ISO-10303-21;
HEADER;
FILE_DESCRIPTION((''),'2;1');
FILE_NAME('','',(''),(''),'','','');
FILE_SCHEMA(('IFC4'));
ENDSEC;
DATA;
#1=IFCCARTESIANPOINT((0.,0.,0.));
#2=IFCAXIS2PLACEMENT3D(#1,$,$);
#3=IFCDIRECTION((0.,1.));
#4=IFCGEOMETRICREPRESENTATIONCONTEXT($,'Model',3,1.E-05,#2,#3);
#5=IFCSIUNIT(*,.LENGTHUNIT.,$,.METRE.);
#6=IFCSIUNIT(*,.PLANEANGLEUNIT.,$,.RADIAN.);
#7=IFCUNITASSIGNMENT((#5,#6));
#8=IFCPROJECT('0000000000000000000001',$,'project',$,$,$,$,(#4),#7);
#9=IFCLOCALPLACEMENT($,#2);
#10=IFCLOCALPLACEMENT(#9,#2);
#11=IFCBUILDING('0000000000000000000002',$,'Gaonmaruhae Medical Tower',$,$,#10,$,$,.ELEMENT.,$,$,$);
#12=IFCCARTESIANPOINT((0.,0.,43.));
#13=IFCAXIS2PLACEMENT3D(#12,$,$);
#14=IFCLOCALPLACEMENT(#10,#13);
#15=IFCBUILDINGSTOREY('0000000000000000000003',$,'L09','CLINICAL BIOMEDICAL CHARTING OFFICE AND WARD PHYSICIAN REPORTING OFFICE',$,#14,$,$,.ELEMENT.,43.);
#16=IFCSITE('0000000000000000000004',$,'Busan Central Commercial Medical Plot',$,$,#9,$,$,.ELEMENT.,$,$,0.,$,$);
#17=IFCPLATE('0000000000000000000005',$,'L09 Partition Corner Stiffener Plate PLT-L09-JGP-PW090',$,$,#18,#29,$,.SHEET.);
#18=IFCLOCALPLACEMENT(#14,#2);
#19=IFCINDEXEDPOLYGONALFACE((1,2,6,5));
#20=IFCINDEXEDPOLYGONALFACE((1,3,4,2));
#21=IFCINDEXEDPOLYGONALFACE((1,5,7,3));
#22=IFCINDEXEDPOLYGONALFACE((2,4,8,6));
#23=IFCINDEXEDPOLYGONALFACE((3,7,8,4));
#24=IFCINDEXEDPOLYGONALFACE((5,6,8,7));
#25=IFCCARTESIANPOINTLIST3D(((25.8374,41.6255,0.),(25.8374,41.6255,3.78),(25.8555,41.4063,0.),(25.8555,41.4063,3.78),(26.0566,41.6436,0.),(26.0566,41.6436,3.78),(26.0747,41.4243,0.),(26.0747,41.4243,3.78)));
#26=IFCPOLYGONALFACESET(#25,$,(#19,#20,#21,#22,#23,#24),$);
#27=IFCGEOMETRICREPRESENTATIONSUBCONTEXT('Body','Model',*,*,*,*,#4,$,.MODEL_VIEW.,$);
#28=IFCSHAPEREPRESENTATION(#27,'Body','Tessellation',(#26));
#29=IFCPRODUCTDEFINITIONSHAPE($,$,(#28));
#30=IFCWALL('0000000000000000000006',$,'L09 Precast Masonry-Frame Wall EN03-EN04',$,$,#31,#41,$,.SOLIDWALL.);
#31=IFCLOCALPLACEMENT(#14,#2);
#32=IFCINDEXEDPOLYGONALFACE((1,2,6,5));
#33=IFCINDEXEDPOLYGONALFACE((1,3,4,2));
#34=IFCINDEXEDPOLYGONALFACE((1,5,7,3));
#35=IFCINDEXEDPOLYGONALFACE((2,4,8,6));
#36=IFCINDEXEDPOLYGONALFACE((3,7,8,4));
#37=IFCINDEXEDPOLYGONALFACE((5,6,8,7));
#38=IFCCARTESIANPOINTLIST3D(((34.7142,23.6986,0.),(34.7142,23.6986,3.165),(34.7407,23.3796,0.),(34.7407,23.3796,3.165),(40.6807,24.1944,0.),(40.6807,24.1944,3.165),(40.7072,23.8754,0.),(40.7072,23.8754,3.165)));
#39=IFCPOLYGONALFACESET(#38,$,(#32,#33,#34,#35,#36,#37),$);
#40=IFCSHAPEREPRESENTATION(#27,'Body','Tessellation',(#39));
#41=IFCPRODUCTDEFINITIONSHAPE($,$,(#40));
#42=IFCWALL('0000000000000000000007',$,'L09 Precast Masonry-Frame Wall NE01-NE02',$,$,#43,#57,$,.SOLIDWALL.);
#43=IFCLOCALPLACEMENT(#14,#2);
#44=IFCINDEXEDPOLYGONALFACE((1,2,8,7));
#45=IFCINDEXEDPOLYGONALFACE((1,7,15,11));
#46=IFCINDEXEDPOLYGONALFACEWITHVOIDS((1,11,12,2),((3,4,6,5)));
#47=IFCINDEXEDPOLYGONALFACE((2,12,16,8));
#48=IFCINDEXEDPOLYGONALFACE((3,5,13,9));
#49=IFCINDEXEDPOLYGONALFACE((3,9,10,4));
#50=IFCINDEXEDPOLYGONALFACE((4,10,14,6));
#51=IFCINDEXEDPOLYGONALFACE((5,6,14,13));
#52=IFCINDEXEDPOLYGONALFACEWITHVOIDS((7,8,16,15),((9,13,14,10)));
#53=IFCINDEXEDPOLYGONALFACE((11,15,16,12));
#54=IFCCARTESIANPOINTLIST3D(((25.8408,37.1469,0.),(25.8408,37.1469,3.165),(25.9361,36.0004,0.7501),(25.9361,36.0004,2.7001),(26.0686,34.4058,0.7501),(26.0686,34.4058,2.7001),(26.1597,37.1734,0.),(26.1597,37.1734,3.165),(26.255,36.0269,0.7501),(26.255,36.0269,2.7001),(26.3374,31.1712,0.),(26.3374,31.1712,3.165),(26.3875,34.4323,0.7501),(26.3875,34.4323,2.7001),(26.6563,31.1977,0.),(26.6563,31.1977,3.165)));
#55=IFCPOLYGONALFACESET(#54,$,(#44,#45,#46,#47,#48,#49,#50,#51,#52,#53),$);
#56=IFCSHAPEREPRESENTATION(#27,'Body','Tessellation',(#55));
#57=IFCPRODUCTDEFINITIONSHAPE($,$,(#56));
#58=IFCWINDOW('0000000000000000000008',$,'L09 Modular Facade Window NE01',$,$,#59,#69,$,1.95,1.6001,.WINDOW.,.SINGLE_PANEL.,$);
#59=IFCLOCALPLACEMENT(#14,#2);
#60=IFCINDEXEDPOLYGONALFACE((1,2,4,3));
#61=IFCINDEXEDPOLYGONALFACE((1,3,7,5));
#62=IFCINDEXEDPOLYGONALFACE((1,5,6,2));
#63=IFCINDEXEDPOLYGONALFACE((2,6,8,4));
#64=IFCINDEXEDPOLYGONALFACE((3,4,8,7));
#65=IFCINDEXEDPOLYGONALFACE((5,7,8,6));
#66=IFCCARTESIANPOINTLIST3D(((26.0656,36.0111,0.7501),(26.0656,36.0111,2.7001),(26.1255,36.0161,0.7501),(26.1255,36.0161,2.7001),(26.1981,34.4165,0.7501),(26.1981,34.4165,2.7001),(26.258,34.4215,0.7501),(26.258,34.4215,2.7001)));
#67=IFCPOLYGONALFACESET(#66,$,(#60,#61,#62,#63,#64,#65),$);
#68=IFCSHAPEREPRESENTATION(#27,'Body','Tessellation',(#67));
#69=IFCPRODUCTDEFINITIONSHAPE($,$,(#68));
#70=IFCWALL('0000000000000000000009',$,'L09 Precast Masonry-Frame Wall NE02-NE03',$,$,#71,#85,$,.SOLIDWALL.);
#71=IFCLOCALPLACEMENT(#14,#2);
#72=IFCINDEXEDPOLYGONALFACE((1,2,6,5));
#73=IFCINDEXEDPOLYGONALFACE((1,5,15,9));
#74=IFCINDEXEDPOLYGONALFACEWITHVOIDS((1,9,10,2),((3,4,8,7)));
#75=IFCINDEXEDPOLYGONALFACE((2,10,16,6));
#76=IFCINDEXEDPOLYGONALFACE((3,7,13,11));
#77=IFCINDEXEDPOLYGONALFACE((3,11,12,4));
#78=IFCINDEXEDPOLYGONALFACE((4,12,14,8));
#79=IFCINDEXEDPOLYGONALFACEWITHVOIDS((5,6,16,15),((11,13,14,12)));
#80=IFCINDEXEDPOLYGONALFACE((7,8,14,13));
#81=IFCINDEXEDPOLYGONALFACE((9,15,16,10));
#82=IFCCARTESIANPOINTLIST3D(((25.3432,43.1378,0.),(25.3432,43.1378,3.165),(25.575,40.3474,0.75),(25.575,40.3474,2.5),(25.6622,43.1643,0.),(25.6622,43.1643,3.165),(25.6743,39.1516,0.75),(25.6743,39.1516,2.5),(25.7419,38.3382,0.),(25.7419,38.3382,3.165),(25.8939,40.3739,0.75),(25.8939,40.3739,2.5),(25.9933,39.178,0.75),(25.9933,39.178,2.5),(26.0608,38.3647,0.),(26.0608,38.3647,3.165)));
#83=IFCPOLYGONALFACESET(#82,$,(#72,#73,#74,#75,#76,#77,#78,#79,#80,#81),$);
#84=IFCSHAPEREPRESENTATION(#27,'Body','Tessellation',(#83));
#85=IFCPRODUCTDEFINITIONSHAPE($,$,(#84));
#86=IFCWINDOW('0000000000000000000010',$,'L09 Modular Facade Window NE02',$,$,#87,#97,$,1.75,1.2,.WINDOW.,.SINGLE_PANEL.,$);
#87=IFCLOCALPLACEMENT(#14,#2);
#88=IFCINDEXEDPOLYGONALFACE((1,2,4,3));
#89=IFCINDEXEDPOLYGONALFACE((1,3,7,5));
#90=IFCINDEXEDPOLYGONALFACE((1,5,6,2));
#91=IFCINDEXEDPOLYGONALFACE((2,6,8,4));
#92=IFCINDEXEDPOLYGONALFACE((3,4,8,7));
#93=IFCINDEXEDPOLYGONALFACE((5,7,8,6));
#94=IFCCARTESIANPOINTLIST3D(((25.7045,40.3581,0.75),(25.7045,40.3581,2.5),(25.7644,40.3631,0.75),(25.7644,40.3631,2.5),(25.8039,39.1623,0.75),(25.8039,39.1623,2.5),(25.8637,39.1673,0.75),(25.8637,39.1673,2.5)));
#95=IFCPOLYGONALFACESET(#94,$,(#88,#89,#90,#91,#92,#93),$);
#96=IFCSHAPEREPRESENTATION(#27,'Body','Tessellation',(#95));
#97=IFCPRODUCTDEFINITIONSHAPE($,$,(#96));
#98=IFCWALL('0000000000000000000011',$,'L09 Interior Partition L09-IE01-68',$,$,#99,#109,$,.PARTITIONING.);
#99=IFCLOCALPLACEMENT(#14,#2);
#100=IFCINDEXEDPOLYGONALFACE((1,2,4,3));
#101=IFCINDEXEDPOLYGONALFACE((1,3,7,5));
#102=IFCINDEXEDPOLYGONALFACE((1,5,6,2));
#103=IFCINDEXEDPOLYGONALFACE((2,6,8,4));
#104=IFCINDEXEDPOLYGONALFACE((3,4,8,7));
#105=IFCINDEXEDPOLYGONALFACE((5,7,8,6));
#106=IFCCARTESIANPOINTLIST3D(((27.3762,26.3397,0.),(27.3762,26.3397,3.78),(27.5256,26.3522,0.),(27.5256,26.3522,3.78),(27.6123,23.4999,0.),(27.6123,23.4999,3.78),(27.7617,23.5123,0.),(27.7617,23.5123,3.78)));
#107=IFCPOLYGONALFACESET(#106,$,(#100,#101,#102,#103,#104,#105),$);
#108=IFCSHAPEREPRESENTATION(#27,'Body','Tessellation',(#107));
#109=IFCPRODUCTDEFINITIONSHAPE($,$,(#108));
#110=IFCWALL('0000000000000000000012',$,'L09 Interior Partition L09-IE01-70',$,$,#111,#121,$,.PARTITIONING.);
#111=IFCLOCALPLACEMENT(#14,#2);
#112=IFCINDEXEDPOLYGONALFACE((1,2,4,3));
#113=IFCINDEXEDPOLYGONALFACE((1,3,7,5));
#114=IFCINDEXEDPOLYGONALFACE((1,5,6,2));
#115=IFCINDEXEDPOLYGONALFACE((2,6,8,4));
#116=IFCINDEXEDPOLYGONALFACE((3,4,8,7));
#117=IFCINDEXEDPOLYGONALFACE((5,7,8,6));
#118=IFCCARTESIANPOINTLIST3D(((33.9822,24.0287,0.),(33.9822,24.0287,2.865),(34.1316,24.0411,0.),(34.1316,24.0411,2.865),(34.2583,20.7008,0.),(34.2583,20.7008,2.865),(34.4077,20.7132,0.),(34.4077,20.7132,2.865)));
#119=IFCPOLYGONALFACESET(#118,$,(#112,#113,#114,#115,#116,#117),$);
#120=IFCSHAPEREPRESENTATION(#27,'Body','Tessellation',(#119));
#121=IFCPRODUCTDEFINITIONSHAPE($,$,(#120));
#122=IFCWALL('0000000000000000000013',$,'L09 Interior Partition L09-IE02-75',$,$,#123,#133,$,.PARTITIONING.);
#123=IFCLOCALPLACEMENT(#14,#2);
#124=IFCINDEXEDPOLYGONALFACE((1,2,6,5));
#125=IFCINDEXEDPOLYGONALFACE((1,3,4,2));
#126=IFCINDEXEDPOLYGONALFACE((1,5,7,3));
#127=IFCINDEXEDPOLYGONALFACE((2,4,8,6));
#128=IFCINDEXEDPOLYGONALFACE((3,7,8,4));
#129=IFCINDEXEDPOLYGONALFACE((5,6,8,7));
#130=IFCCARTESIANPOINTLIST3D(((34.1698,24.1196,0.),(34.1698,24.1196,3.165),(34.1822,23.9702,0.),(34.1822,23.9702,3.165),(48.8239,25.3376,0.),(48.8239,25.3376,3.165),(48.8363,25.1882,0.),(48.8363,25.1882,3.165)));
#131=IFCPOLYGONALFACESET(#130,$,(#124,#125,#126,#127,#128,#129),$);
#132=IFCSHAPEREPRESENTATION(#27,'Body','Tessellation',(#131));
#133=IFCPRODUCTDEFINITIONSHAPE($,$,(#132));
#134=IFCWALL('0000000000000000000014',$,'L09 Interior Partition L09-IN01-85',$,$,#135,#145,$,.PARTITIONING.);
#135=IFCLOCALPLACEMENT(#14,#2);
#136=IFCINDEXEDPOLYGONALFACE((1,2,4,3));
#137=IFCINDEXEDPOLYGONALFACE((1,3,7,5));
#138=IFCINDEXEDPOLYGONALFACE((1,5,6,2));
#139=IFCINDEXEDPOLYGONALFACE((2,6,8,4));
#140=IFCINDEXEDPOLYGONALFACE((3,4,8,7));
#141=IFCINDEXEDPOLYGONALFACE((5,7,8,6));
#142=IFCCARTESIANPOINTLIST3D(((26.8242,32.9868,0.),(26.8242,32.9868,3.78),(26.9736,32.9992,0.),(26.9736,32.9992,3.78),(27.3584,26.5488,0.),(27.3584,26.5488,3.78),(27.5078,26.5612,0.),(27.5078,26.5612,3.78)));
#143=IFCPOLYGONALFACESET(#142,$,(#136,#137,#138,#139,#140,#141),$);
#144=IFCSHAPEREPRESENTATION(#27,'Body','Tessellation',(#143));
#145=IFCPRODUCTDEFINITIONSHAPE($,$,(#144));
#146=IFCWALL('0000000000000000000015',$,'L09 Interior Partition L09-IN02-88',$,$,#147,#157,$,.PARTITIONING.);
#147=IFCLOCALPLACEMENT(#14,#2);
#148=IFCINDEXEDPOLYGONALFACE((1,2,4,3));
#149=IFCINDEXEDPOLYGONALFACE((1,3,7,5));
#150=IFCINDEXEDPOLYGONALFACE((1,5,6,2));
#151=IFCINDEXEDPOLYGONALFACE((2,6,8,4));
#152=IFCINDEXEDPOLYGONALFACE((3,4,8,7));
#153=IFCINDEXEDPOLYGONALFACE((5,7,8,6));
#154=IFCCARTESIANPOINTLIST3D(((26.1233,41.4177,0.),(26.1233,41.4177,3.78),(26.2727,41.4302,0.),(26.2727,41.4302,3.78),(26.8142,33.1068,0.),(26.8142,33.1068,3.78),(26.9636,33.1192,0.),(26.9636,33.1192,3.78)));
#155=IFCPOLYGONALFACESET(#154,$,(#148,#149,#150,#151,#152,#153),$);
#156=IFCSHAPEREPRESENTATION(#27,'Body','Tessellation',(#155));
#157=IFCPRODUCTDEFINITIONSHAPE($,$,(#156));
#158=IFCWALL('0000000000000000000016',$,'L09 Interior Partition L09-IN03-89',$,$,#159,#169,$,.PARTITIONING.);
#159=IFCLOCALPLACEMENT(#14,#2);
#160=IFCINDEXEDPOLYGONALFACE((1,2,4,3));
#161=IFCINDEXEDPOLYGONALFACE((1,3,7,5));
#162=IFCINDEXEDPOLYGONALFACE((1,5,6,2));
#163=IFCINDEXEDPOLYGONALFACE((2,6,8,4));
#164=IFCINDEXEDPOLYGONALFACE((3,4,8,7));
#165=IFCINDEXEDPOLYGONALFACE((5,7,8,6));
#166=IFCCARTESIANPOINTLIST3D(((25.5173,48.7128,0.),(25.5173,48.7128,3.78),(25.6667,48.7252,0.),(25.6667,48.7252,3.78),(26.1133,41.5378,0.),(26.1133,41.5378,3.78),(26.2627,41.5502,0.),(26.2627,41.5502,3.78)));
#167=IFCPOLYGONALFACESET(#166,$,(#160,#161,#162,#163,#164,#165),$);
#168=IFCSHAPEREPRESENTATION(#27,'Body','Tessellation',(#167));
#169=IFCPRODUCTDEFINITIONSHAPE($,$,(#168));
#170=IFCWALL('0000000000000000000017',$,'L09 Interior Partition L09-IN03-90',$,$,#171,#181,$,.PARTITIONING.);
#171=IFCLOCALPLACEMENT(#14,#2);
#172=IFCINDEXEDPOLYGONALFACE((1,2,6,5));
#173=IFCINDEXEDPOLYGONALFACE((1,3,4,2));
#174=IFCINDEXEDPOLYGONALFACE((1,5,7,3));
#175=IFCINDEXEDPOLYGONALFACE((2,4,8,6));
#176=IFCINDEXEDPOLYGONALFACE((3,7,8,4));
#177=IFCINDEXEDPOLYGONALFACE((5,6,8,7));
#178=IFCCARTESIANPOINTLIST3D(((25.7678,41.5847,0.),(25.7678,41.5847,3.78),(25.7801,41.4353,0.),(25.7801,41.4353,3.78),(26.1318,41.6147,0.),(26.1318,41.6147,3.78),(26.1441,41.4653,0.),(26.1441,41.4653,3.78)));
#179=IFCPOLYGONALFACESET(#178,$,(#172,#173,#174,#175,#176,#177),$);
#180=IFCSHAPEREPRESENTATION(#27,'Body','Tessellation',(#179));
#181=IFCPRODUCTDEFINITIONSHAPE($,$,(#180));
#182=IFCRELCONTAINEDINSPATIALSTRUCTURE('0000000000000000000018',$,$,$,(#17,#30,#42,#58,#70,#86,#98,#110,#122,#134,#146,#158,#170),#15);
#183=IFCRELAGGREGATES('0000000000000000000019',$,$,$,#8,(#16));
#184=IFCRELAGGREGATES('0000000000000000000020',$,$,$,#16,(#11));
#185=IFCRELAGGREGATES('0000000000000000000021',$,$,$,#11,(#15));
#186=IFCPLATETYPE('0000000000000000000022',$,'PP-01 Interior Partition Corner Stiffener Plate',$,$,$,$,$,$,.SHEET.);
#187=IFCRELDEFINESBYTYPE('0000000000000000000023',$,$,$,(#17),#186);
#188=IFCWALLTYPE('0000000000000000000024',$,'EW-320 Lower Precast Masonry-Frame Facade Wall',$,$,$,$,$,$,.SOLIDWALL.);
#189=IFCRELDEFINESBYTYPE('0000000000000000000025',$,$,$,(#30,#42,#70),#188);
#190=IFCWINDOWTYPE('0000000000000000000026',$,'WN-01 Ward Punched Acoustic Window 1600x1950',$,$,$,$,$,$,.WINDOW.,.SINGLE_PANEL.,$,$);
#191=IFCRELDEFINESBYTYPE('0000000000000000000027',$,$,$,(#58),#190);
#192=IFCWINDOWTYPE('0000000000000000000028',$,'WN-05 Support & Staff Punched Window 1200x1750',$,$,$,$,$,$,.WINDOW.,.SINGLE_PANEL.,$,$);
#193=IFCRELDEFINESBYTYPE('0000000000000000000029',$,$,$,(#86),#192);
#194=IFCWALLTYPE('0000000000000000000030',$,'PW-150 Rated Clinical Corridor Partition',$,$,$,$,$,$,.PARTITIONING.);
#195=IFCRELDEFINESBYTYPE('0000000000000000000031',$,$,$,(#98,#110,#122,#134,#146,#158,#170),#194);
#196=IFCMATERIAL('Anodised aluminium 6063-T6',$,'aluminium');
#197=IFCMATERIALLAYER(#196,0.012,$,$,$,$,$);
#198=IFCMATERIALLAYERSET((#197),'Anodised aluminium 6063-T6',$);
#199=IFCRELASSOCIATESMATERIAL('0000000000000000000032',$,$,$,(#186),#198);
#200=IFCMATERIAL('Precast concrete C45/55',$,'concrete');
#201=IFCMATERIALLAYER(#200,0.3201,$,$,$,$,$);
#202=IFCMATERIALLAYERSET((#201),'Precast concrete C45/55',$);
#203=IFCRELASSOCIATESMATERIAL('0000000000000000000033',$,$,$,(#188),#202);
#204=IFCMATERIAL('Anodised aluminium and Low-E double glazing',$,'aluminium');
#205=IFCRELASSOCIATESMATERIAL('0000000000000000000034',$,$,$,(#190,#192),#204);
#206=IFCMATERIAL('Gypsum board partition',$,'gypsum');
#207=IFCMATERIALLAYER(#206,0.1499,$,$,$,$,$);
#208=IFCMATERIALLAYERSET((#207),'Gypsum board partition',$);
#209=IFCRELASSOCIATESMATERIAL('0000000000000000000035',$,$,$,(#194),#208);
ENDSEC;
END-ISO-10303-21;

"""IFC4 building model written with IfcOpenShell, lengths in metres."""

from ifc_helpers import new_model, si_unit, direction, frame, frame_2d, origin, origin_2d, place, context, subcontext, project, spatial, rectangle, extrude, material, layer, layer_set, type_object, element, fill, save


model = new_model("IFC4")

# Units and contexts
model_context = context("Model", 3, precision=1e-05, world=origin(), true_north=direction((0.0, 1.0)))
body_context = subcontext(model_context, "Body", "Model", "MODEL_VIEW")
ifc_project = project(units=[si_unit("LENGTHUNIT", "METRE"), si_unit("PLANEANGLEUNIT", "RADIAN")], contexts=[model_context])

# Site, building, storey
site_placement = place(None, origin())
site = spatial("IfcSite", under=ifc_project, at=site_placement, Name="Busan Central Commercial Medical Plot", CompositionType="ELEMENT", RefElevation=0.0)
building_placement = place(site_placement, origin())
building = spatial("IfcBuilding", under=site, at=building_placement, Name="Gaonmaruhae Medical Tower", CompositionType="ELEMENT")
storey_placement = place(building_placement, frame((0.0, 0.0, 43.0)))
storey = spatial("IfcBuildingStorey", under=building, at=storey_placement, Name="L09", Description="CLINICAL BIOMEDICAL CHARTING OFFICE AND WARD PHYSICIAN REPORTING OFFICE", CompositionType="ELEMENT", Elevation=43.0)

# Plate
ifc_material_1 = material(Name="Anodised aluminium 6063-T6", Category="aluminium")
ifc_layer_1 = layer(ifc_material_1, 0.012)
ifc_layer_set_1 = layer_set([ifc_layer_1], Name="Anodised aluminium 6063-T6")
plate_type = type_object("IfcPlateType", Name="PP-01 Interior Partition Corner Stiffener Plate", PredefinedType="SHEET", material=ifc_layer_set_1)
plate_placement = place(storey_placement, frame((25.9561, 41.5249, 0.0), z_axis=(0.0, 0.0, 1.0), x_axis=(-0.99662, -0.082147, 0.0)))
element("IfcPlate", 1, at=plate_placement, inside=storey, type_object=plate_type, Name="L09 Partition Corner Stiffener Plate PLT-L09-JGP-PW090", PredefinedType="SHEET", context=body_context, shape_type="SweptSolid", body=[
    extrude(rectangle(XDim=0.22, YDim=0.22, at=origin_2d()), origin(), (0.0, 0.0, 1.0), 3.78),
])

# Wall
ifc_material_2 = material(Name="Precast concrete C45/55", Category="concrete")
ifc_layer_2 = layer(ifc_material_2, 0.3201)
ifc_layer_set_2 = layer_set([ifc_layer_2], Name="Precast concrete C45/55")
wall_type_1 = type_object("IfcWallType", Name="EW-320 Lower Precast Masonry-Frame Facade Wall", PredefinedType="SOLIDWALL", material=ifc_layer_set_2)
wall_1_placement = place(storey_placement, frame((34.7273, 23.5391, 0.0), z_axis=(0.0, 0.0, 1.0), x_axis=(0.996565, 0.082819, 0.0)))
element("IfcWall", 2, at=wall_1_placement, inside=storey, type_object=wall_type_1, Name="L09 Precast Masonry-Frame Wall EN03-EN04", PredefinedType="SOLIDWALL", context=body_context, shape_type="SweptSolid", body=[
    extrude(rectangle(XDim=5.9871, YDim=0.3201, at=frame_2d((2.9937, 0.0))), origin(), (0.0, 0.0, 1.0), 3.165),
])

# Walls, openings, windows
wall_2_placement = place(storey_placement, frame((26.4968, 31.1846, 0.0), z_axis=(0.0, 0.0, 1.0), x_axis=(-0.082813, 0.996565, 0.0)))
wall_2 = element("IfcWall", 3, at=wall_2_placement, inside=storey, type_object=wall_type_1, Name="L09 Precast Masonry-Frame Wall NE01-NE02", PredefinedType="SOLIDWALL", context=body_context, shape_type="SweptSolid", body=[
    extrude(rectangle(XDim=5.9963, YDim=0.3201, at=frame_2d((2.998, 0.0))), origin(), (0.0, 0.0, 1.0), 3.165),
])
opening_1_placement = place(wall_2_placement, frame((3.2456, 0.0, 0.75)))
opening_1 = element("IfcOpeningElement", 4, at=opening_1_placement, cuts=wall_2, PredefinedType="OPENING", context=body_context, shape_type="SweptSolid", body=[
    extrude(rectangle(XDim=1.6001, YDim=1.95, at=frame_2d((0.8, 0.9751))), frame((0.0, 0.1699, 0.0), z_axis=(0.0, -1.0, 0.0), x_axis=(1.0, 0.0, 0.0)), (0.0, 0.0, 1.0), 0.3401),
])
ifc_material_3 = material(Name="Anodised aluminium and Low-E double glazing", Category="aluminium")
window_type_1 = type_object("IfcWindowType", Name="WN-01 Ward Punched Acoustic Window 1600x1950", PartitioningType="SINGLE_PANEL", PredefinedType="WINDOW", material=ifc_material_3)
window_1_placement = place(opening_1_placement, origin())
window_1 = element("IfcWindow", 5, at=window_1_placement, inside=storey, type_object=window_type_1, Name="L09 Modular Facade Window NE01", OverallHeight=1.95, OverallWidth=1.6001, PartitioningType="SINGLE_PANEL", PredefinedType="WINDOW", context=body_context, shape_type="SweptSolid", body=[
    extrude(rectangle(XDim=1.6001, YDim=1.95, at=frame_2d((0.8, 0.9751))), frame((0.0, 0.03, 0.0), z_axis=(0.0, -1.0, 0.0), x_axis=(1.0, 0.0, 0.0)), (0.0, 0.0, 1.0), 0.0601),
])
fill(opening_1, window_1)
wall_3_placement = place(storey_placement, frame((25.9014, 38.3513, 0.0), z_axis=(0.0, 0.0, 1.0), x_axis=(-0.082781, 0.996568, 0.0)))
wall_3 = element("IfcWall", 6, at=wall_3_placement, inside=storey, type_object=wall_type_1, Name="L09 Precast Masonry-Frame Wall NE02-NE03", PredefinedType="SOLIDWALL", context=body_context, shape_type="SweptSolid", body=[
    extrude(rectangle(XDim=4.8162, YDim=0.3201, at=frame_2d((2.4082, 0.0))), origin(), (0.0, 0.0, 1.0), 3.165),
])
opening_2_placement = place(wall_3_placement, frame((0.8162, 0.0, 0.75)))
opening_2 = element("IfcOpeningElement", 7, at=opening_2_placement, cuts=wall_3, PredefinedType="OPENING", context=body_context, shape_type="SweptSolid", body=[
    extrude(rectangle(XDim=1.2, YDim=1.75, at=frame_2d((0.6001, 0.875))), frame((0.0, 0.1699, 0.0), z_axis=(0.0, -1.0, 0.0), x_axis=(1.0, 0.0, 0.0)), (0.0, 0.0, 1.0), 0.3401),
])
window_type_2 = type_object("IfcWindowType", Name="WN-05 Support & Staff Punched Window 1200x1750", PartitioningType="SINGLE_PANEL", PredefinedType="WINDOW", material=ifc_material_3)
window_2_placement = place(opening_2_placement, origin())
window_2 = element("IfcWindow", 8, at=window_2_placement, inside=storey, type_object=window_type_2, Name="L09 Modular Facade Window NE02", OverallHeight=1.75, OverallWidth=1.2, PartitioningType="SINGLE_PANEL", PredefinedType="WINDOW", context=body_context, shape_type="SweptSolid", body=[
    extrude(rectangle(XDim=1.2, YDim=1.75, at=frame_2d((0.6001, 0.875))), frame((0.0, 0.03, 0.0), z_axis=(0.0, -1.0, 0.0), x_axis=(1.0, 0.0, 0.0)), (0.0, 0.0, 1.0), 0.0601),
])
fill(opening_2, window_2)

# Walls
ifc_material_4 = material(Name="Gypsum board partition", Category="gypsum")
ifc_layer_3 = layer(ifc_material_4, 0.1499)
ifc_layer_set_3 = layer_set([ifc_layer_3], Name="Gypsum board partition")
wall_type_2 = type_object("IfcWallType", Name="PW-150 Rated Clinical Corridor Partition", PredefinedType="PARTITIONING", material=ifc_layer_set_3)
wall_4_placement = place(storey_placement, frame((27.4509, 26.3459, 0.0), z_axis=(0.0, 0.0, 1.0), x_axis=(0.082847, -0.996562, 0.0)))
element("IfcWall", 9, at=wall_4_placement, inside=storey, type_object=wall_type_2, Name="L09 Interior Partition L09-IE01-68", PredefinedType="PARTITIONING", context=body_context, shape_type="SweptSolid", body=[
    extrude(rectangle(XDim=2.8496, YDim=0.1499, at=frame_2d((1.4248, 0.0))), origin(), (0.0, 0.0, 1.0), 3.78),
])
wall_5_placement = place(storey_placement, frame((34.0569, 24.0349, 0.0), z_axis=(0.0, 0.0, 1.0), x_axis=(0.082688, -0.996575, 0.0)))
element("IfcWall", 10, at=wall_5_placement, inside=storey, type_object=wall_type_2, Name="L09 Interior Partition L09-IE01-70", PredefinedType="PARTITIONING", context=body_context, shape_type="SweptSolid", body=[
    extrude(rectangle(XDim=3.3394, YDim=0.1499, at=frame_2d((1.6697, 0.0))), origin(), (0.0, 0.0, 1.0), 2.865),
])
wall_6_placement = place(storey_placement, frame((34.176, 24.0449, 0.0), z_axis=(0.0, 0.0, 1.0), x_axis=(0.996563, 0.082833, 0.0)))
element("IfcWall", 11, at=wall_6_placement, inside=storey, type_object=wall_type_2, Name="L09 Interior Partition L09-IE02-75", PredefinedType="PARTITIONING", context=body_context, shape_type="SweptSolid", body=[
    extrude(rectangle(XDim=14.7046, YDim=0.1499, at=frame_2d((7.3523, 0.0))), origin(), (0.0, 0.0, 1.0), 3.165),
])
wall_7_placement = place(storey_placement, frame((26.8989, 32.9929, 0.0), z_axis=(0.0, 0.0, 1.0), x_axis=(0.082689, -0.996575, 0.0)))
element("IfcWall", 12, at=wall_7_placement, inside=storey, type_object=wall_type_2, Name="L09 Interior Partition L09-IN01-85", PredefinedType="PARTITIONING", context=body_context, shape_type="SweptSolid", body=[
    extrude(rectangle(XDim=6.4602, YDim=0.1499, at=frame_2d((3.23, 0.0))), origin(), (0.0, 0.0, 1.0), 3.78),
])
wall_8_placement = place(storey_placement, frame((26.198, 41.4241, 0.0), z_axis=(0.0, 0.0, 1.0), x_axis=(0.082847, -0.996562, 0.0)))
element("IfcWall", 13, at=wall_8_placement, inside=storey, type_object=wall_type_2, Name="L09 Interior Partition L09-IN02-88", PredefinedType="PARTITIONING", context=body_context, shape_type="SweptSolid", body=[
    extrude(rectangle(XDim=8.3396, YDim=0.1499, at=frame_2d((4.1699, 0.0))), origin(), (0.0, 0.0, 1.0), 3.78),
])
wall_9_placement = place(storey_placement, frame((25.592, 48.719, 0.0), z_axis=(0.0, 0.0, 1.0), x_axis=(0.082773, -0.996568, 0.0)))
element("IfcWall", 14, at=wall_9_placement, inside=storey, type_object=wall_type_2, Name="L09 Interior Partition L09-IN03-89", PredefinedType="PARTITIONING", context=body_context, shape_type="SweptSolid", body=[
    extrude(rectangle(XDim=7.1997, YDim=0.1499, at=frame_2d((3.5999, 0.0))), origin(), (0.0, 0.0, 1.0), 3.78),
])
wall_10_placement = place(storey_placement, frame((26.1379, 41.54, 0.0), z_axis=(0.0, 0.0, 1.0), x_axis=(-0.996615, -0.082216, 0.0)))
element("IfcWall", 15, at=wall_10_placement, inside=storey, type_object=wall_type_2, Name="L09 Interior Partition L09-IN03-90", PredefinedType="PARTITIONING", context=body_context, shape_type="SweptSolid", body=[
    extrude(rectangle(XDim=0.3652, YDim=0.1499, at=frame_2d((0.1826, 0.0))), origin(), (0.0, 0.0, 1.0), 3.78),
])

save(model, "model.ifc")
